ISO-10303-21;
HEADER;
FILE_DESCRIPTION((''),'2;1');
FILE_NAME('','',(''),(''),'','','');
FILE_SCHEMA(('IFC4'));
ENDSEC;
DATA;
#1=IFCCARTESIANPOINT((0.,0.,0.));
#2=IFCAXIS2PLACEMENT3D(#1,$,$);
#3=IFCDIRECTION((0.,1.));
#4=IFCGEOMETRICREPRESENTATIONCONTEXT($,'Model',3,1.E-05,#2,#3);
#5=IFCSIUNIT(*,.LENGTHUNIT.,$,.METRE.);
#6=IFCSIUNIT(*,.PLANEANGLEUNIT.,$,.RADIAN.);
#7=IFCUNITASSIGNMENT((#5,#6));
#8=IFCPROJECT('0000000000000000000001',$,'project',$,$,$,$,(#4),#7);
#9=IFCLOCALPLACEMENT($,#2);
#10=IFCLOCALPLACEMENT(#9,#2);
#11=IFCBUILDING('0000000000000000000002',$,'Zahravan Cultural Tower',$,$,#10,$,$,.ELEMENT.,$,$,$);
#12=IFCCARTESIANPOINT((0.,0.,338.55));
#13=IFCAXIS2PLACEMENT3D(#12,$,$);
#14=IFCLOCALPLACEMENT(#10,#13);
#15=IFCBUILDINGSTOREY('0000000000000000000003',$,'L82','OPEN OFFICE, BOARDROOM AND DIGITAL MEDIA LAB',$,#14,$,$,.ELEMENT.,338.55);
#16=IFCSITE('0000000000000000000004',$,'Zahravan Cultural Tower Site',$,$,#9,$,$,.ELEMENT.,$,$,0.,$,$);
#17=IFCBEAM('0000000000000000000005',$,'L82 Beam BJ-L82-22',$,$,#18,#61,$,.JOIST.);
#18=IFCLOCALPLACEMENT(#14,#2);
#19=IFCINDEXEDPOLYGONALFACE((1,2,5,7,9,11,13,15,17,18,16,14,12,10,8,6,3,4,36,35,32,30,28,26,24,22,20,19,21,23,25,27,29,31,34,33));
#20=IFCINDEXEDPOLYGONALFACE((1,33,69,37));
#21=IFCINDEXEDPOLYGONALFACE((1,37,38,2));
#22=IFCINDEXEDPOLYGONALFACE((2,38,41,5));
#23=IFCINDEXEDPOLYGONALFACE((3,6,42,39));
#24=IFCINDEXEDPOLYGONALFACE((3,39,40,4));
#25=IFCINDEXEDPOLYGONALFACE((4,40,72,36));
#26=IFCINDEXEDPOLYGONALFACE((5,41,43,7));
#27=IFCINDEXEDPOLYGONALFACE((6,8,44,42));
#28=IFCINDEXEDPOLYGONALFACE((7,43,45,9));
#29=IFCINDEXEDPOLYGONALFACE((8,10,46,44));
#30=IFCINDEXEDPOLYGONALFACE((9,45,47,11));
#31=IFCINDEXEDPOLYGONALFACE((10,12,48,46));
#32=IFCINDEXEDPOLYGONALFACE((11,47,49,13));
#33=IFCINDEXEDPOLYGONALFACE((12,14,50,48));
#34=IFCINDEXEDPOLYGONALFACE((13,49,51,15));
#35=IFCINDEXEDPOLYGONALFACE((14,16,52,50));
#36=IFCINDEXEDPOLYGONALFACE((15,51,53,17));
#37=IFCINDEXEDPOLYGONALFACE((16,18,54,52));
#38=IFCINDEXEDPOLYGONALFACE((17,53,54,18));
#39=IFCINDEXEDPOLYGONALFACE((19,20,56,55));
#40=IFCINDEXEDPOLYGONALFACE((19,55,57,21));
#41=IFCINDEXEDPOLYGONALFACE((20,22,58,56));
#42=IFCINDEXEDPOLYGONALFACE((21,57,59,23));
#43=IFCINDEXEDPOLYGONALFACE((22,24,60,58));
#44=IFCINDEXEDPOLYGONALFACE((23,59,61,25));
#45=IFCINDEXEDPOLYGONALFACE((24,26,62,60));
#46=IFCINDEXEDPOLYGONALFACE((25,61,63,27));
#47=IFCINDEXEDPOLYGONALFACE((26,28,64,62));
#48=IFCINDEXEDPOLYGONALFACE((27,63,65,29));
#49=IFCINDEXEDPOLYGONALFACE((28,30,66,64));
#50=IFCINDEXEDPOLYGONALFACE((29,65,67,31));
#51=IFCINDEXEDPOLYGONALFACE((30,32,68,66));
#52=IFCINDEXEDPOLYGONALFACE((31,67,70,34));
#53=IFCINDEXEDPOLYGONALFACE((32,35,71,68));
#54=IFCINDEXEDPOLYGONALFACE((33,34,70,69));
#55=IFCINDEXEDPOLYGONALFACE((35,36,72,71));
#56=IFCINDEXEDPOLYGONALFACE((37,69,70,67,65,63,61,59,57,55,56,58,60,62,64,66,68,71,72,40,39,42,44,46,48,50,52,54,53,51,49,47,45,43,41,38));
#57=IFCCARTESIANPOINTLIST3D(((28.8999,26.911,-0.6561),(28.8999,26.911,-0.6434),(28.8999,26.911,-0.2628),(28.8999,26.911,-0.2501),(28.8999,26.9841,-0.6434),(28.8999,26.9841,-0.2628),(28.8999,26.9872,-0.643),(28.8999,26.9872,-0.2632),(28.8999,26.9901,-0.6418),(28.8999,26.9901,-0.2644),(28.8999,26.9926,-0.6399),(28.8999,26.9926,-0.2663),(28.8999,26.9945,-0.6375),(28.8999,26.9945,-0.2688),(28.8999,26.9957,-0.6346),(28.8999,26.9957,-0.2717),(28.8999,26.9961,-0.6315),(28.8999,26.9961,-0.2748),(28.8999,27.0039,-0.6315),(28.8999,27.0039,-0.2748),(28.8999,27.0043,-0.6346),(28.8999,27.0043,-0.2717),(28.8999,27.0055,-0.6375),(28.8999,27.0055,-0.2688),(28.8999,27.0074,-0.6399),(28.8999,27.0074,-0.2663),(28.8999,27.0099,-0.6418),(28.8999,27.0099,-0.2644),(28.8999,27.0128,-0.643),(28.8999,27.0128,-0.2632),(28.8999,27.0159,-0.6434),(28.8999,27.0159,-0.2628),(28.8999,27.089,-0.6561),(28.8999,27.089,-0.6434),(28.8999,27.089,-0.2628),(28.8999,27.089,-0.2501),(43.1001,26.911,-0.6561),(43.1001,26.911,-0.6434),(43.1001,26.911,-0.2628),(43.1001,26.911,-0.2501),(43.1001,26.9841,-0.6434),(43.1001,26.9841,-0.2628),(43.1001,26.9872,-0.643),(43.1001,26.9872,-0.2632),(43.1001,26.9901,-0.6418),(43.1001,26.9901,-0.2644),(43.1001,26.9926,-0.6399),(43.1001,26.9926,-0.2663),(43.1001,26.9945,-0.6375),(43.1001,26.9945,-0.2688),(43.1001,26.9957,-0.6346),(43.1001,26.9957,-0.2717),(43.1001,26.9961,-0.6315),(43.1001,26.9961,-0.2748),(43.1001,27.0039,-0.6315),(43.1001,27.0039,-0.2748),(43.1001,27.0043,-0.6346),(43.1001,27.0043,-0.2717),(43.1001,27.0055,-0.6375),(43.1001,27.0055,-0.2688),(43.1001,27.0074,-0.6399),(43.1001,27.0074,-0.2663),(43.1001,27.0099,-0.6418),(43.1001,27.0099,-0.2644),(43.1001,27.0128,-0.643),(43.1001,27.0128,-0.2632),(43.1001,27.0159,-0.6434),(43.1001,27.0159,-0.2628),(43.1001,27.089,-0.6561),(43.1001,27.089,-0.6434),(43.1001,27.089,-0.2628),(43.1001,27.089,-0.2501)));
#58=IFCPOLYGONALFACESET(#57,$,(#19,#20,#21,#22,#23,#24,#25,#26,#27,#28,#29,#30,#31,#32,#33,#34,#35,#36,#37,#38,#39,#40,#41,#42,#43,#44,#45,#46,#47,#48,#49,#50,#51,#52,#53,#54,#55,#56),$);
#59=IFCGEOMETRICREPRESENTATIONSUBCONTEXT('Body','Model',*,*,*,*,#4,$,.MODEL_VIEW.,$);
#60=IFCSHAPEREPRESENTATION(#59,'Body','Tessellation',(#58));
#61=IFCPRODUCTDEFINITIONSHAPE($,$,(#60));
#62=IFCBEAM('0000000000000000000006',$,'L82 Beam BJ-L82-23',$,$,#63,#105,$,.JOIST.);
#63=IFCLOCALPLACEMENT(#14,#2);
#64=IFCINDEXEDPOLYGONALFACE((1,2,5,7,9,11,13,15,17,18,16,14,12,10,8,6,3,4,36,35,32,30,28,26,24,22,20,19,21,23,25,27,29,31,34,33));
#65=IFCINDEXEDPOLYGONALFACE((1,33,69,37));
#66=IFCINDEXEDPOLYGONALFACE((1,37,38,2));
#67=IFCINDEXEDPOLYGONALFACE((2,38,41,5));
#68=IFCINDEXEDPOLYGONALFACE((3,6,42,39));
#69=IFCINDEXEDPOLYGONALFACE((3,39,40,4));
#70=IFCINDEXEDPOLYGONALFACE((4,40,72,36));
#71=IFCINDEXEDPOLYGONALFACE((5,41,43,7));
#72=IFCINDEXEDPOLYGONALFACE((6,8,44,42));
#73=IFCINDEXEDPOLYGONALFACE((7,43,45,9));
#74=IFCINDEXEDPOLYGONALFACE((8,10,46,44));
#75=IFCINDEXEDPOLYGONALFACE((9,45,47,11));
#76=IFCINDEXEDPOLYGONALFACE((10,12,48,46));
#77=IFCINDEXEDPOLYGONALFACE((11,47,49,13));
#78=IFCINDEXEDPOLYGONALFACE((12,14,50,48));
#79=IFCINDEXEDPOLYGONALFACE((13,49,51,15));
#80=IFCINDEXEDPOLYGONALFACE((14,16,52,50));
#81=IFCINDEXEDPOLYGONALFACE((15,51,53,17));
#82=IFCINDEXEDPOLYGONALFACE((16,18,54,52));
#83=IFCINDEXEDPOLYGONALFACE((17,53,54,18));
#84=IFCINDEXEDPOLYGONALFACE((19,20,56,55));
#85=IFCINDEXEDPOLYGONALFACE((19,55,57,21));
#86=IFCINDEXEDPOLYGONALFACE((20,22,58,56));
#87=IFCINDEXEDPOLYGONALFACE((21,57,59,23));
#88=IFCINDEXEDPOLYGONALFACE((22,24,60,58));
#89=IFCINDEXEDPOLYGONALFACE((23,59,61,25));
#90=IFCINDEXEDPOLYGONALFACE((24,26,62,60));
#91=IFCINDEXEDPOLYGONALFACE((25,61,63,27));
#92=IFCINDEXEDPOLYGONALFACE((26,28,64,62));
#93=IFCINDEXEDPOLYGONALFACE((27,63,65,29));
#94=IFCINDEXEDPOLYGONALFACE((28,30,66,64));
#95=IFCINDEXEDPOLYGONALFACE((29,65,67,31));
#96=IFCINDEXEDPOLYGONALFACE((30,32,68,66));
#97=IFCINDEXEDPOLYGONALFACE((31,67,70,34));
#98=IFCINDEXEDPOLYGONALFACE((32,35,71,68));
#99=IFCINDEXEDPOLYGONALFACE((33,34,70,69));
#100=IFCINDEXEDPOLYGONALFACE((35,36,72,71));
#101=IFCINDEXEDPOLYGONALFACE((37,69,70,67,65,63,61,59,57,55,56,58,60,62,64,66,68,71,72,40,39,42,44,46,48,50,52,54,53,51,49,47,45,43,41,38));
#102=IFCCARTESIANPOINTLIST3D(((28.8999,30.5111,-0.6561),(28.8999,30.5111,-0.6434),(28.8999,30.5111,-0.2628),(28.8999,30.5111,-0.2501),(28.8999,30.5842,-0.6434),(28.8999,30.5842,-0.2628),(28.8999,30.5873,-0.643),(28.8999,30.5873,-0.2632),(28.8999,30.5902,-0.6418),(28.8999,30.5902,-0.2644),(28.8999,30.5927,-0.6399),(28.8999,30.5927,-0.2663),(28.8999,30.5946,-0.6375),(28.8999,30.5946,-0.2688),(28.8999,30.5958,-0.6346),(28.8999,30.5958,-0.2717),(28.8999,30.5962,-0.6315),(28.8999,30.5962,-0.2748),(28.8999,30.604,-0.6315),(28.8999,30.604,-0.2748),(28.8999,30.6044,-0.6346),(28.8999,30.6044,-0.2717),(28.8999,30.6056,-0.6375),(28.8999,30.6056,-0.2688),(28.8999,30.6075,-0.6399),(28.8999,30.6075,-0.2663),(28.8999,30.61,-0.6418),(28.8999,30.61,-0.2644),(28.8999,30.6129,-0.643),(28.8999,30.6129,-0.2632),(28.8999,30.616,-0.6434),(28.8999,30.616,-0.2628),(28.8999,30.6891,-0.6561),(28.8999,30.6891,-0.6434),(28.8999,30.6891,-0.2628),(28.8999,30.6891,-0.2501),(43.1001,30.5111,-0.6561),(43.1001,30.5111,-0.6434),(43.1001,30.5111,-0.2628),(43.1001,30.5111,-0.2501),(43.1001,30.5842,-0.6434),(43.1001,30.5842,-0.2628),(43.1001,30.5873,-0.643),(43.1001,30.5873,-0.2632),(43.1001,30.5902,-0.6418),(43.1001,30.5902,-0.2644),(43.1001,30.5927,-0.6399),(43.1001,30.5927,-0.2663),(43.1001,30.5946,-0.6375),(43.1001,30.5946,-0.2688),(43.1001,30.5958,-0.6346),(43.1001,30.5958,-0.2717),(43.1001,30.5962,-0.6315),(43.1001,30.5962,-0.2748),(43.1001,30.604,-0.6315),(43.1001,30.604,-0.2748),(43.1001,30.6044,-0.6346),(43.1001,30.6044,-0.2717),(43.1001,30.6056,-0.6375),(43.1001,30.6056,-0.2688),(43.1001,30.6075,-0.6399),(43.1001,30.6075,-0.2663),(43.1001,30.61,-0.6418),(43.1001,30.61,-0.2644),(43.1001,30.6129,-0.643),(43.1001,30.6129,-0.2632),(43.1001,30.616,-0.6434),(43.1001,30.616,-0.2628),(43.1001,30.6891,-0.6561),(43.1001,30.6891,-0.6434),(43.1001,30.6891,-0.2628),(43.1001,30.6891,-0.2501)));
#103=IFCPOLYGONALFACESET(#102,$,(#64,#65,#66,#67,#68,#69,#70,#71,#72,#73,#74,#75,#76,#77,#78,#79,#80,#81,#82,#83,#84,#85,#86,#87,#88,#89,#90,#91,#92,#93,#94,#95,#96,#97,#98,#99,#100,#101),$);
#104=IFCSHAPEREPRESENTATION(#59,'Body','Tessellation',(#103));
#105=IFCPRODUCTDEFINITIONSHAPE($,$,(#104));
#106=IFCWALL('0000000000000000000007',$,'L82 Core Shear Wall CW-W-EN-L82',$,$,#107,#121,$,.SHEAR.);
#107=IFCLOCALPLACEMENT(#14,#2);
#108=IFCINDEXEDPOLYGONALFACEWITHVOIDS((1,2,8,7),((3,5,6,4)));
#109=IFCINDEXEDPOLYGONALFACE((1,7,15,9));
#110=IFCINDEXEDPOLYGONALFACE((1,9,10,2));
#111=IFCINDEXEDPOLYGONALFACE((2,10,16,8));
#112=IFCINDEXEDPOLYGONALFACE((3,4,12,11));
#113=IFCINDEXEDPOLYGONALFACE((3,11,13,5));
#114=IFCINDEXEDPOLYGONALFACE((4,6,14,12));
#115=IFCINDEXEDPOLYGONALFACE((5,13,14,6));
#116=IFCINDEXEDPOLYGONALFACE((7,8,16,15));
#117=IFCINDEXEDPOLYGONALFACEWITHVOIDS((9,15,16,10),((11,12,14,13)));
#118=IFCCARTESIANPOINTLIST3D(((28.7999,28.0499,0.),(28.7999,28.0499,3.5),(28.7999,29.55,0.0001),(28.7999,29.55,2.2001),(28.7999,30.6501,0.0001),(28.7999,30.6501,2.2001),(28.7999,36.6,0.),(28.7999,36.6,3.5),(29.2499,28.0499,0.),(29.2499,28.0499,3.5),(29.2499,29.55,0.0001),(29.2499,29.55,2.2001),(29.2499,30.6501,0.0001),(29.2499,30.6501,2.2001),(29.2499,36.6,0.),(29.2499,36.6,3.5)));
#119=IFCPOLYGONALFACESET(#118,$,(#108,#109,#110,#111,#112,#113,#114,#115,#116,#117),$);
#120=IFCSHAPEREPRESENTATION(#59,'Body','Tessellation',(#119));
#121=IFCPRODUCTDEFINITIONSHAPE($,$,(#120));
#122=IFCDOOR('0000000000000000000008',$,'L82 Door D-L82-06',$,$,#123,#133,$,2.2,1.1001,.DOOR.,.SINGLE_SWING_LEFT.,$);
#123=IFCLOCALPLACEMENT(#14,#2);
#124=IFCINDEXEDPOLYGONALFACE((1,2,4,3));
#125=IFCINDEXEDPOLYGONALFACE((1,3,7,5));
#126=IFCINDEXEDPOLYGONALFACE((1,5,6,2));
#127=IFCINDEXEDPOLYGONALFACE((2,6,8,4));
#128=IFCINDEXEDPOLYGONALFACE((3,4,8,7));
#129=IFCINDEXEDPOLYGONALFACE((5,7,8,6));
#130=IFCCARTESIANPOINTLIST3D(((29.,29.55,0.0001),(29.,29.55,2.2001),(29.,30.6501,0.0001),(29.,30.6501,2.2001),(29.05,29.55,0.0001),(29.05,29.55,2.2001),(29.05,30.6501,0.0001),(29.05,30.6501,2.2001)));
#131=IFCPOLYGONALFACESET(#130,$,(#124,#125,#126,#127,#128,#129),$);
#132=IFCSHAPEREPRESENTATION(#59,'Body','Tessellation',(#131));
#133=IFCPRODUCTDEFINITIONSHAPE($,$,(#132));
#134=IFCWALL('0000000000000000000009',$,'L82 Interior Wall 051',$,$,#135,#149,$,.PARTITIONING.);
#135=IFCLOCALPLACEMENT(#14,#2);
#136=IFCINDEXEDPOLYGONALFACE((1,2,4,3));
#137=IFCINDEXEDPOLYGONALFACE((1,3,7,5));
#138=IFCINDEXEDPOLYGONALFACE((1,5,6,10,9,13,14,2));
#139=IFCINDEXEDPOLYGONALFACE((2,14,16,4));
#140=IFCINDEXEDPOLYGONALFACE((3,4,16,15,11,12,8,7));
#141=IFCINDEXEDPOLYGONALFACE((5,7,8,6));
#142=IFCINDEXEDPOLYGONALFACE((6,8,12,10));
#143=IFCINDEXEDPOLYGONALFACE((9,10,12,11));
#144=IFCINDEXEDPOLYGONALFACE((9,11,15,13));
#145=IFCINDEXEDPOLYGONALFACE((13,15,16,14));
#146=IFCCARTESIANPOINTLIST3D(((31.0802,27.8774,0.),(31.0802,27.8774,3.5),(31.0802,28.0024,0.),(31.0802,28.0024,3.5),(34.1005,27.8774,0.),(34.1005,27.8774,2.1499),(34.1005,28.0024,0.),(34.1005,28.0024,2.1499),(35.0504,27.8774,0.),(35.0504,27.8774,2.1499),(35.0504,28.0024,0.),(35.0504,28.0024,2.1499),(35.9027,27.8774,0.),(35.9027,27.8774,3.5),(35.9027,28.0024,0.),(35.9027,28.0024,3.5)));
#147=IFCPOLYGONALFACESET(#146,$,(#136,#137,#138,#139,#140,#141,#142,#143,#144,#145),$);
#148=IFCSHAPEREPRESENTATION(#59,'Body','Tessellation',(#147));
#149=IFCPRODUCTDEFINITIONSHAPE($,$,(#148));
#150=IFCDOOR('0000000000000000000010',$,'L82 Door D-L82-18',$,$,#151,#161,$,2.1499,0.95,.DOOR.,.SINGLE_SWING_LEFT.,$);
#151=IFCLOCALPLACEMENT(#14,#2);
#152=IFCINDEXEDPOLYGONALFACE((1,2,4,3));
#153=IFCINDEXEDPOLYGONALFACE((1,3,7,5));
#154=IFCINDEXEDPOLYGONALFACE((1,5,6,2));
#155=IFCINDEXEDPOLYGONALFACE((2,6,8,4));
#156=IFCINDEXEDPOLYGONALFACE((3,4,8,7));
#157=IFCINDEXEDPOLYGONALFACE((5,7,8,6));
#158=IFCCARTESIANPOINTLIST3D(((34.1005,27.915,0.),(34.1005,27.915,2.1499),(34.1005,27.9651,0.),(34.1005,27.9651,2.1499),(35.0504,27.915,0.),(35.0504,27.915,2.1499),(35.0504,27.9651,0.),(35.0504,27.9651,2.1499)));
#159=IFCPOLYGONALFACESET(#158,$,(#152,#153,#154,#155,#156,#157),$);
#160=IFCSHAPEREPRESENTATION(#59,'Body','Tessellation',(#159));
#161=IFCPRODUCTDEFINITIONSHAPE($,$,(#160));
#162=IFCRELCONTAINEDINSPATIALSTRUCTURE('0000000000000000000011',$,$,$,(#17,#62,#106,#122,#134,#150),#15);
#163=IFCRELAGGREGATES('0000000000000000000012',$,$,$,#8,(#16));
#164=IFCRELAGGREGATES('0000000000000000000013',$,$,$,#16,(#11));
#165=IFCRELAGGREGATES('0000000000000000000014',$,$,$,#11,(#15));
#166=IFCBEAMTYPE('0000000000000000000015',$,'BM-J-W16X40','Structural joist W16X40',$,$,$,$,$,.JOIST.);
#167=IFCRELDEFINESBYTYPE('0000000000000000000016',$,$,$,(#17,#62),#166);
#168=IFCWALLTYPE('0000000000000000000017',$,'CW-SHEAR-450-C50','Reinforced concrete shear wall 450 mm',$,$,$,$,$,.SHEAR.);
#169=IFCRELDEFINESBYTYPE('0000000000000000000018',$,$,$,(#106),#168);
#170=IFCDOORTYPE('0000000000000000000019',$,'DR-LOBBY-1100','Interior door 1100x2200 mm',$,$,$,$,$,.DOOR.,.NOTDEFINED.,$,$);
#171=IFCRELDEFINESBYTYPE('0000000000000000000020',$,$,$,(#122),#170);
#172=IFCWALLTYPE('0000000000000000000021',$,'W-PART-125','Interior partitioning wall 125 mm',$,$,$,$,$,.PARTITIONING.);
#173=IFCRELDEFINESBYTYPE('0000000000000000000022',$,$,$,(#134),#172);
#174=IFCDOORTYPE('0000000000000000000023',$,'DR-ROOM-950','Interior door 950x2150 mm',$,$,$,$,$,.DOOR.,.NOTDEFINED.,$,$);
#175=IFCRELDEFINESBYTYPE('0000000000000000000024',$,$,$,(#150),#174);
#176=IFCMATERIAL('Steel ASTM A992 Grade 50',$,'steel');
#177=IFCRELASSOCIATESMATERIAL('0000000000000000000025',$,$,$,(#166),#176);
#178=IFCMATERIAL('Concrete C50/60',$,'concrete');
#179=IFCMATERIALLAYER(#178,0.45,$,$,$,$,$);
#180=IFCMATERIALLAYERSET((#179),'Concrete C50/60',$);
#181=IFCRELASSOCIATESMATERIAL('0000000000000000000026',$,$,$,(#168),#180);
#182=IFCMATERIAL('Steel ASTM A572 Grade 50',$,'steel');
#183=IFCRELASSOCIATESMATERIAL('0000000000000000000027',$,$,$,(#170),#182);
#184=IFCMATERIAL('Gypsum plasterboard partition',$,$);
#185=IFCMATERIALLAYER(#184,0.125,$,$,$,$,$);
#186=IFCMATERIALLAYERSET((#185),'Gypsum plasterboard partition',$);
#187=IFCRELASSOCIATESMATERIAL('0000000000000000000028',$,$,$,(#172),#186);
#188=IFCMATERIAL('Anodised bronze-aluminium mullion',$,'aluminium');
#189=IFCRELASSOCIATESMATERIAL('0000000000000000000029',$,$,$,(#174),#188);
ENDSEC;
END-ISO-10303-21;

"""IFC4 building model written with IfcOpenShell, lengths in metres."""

from ifc_helpers import new_model, si_unit, direction, frame, frame_2d, origin, origin_2d, place, context, subcontext, project, spatial, rectangle, i_section, extrude, source, transform, mapped, material, layer, layer_set, material_profile, profile_set, type_object, element, fill, save


model = new_model("IFC4")

# Units and contexts
model_context = context("Model", 3, precision=1e-05, world=origin(), true_north=direction((0.0, 1.0)))
body_context = subcontext(model_context, "Body", "Model", "MODEL_VIEW")
ifc_project = project(units=[si_unit("LENGTHUNIT", "METRE"), si_unit("PLANEANGLEUNIT", "RADIAN")], contexts=[model_context])

# Site, building, storey
site_placement = place(None, origin())
site = spatial("IfcSite", under=ifc_project, at=site_placement, Name="Zahravan Cultural Tower Site", CompositionType="ELEMENT", RefElevation=0.0)
building_placement = place(site_placement, origin())
building = spatial("IfcBuilding", under=site, at=building_placement, Name="Zahravan Cultural Tower", CompositionType="ELEMENT")
storey_placement = place(building_placement, frame((0.0, 0.0, 338.55)))
storey = spatial("IfcBuildingStorey", under=building, at=storey_placement, Name="L82", Description="OPEN OFFICE, BOARDROOM AND DIGITAL MEDIA LAB", CompositionType="ELEMENT", Elevation=338.55)

# Beams
ifc_material_1 = material(Name="Steel ASTM A992 Grade 50", Category="steel")
ifc_material_profile = material_profile(ifc_material_1, i_section(OverallWidth=0.178, OverallDepth=0.406, WebThickness=0.0078, FlangeThickness=0.0127, FilletRadius=0.012, at=origin_2d()), Name="W16X40")
ifc_profile_set = profile_set([ifc_material_profile], Name="Steel ASTM A992 Grade 50")
beam_type = type_object("IfcBeamType", Name="BM-J-W16X40", Description="Structural joist W16X40", PredefinedType="JOIST", material=ifc_profile_set)
shared_shape_1 = source(origin(), body_context, "Body", "SweptSolid", [
    extrude(i_section(OverallWidth=0.178, OverallDepth=0.406, WebThickness=0.0078, FlangeThickness=0.0127, FilletRadius=0.012, at=origin_2d()), origin(), (0.0, 0.0, 1.0), 14.2002),
])
for number, where, z_axis, x_axis, name in (
    (1, (28.8999, 27.0, -0.4531), (1.0, 0.0, 0.0), (0.0, 1.0, 0.0), "L82 Beam BJ-L82-22"),
    (2, (28.8999, 30.6001, -0.4531), (1.0, 0.0, 0.0), (0.0, 1.0, 0.0), "L82 Beam BJ-L82-23"),
):
    element("IfcBeam", number, at=place(storey_placement, frame(where, z_axis=z_axis, x_axis=x_axis)), inside=storey, type_object=beam_type, Name=name, PredefinedType="JOIST", context=body_context, shape_type="MappedRepresentation", body=[
        mapped(shared_shape_1, transform((0.0, 0.0, 0.0), x_axis=(1.0, 0.0, 0.0), y_axis=(0.0, 1.0, 0.0), z_axis=(0.0, 0.0, 1.0), scale=1.0)),
    ])

# Walls, openings, doors
ifc_material_2 = material(Name="Concrete C50/60", Category="concrete")
ifc_layer_1 = layer(ifc_material_2, 0.45)
ifc_layer_set_1 = layer_set([ifc_layer_1], Name="Concrete C50/60")
wall_type_1 = type_object("IfcWallType", Name="CW-SHEAR-450-C50", Description="Reinforced concrete shear wall 450 mm", PredefinedType="SHEAR", material=ifc_layer_set_1)
wall_1_placement = place(storey_placement, frame((29.0249, 28.05, 0.0), z_axis=(0.0, 0.0, 1.0), x_axis=(0.0, 1.0, 0.0)))
wall_1 = element("IfcWall", 3, at=wall_1_placement, inside=storey, type_object=wall_type_1, Name="L82 Core Shear Wall CW-W-EN-L82", PredefinedType="SHEAR", context=body_context, shape_type="SweptSolid", body=[
    extrude(rectangle(XDim=8.55, YDim=0.45, at=frame_2d((4.2749, 0.0))), origin(), (0.0, 0.0, 1.0), 3.5),
])
opening_1_placement = place(wall_1_placement, frame((1.5, 0.0, 0.0)))
opening_1 = element("IfcOpeningElement", 4, at=opening_1_placement, cuts=wall_1, PredefinedType="OPENING", context=body_context, shape_type="SweptSolid", body=[
    extrude(rectangle(XDim=1.1001, YDim=2.2, at=frame_2d((0.55, 1.1001))), frame((0.0, 0.2349, 0.0), z_axis=(0.0, -1.0, 0.0), x_axis=(1.0, 0.0, 0.0)), (0.0, 0.0, 1.0), 0.47),
])
ifc_material_3 = material(Name="Steel ASTM A572 Grade 50", Category="steel")
door_type_1 = type_object("IfcDoorType", Name="DR-LOBBY-1100", Description="Interior door 1100x2200 mm", OperationType="NOTDEFINED", PredefinedType="DOOR", material=ifc_material_3)
shared_shape_2 = source(origin(), body_context, "Body", "SweptSolid", [
    extrude(rectangle(XDim=1.1001, YDim=2.2, at=frame_2d((0.55, 1.1001))), frame((0.0, 0.0249, 0.0), z_axis=(0.0, -1.0, 0.0), x_axis=(1.0, 0.0, 0.0)), (0.0, 0.0, 1.0), 0.05),
])
door_1_placement = place(opening_1_placement, origin())
door_1 = element("IfcDoor", 5, at=door_1_placement, inside=storey, type_object=door_type_1, Name="L82 Door D-L82-06", OperationType="SINGLE_SWING_LEFT", OverallHeight=2.2, OverallWidth=1.1001, PredefinedType="DOOR", context=body_context, shape_type="MappedRepresentation", body=[
    mapped(shared_shape_2, transform((0.0, 0.0, 0.0), x_axis=(1.0, 0.0, 0.0), y_axis=(0.0, 1.0, 0.0), z_axis=(0.0, 0.0, 1.0), scale=1.0)),
])
fill(opening_1, door_1)
ifc_material_4 = material(Name="Gypsum plasterboard partition")
ifc_layer_2 = layer(ifc_material_4, 0.125)
ifc_layer_set_2 = layer_set([ifc_layer_2], Name="Gypsum plasterboard partition")
wall_type_2 = type_object("IfcWallType", Name="W-PART-125", Description="Interior partitioning wall 125 mm", PredefinedType="PARTITIONING", material=ifc_layer_set_2)
wall_2_placement = place(storey_placement, frame((35.9026, 27.9399, 0.0), z_axis=(0.0, 0.0, 1.0), x_axis=(-1.0, 0.0, 0.0)))
wall_2 = element("IfcWall", 6, at=wall_2_placement, inside=storey, type_object=wall_type_2, Name="L82 Interior Wall 051", PredefinedType="PARTITIONING", context=body_context, shape_type="SweptSolid", body=[
    extrude(rectangle(XDim=4.8225, YDim=0.125, at=frame_2d((2.4111, 0.0))), origin(), (0.0, 0.0, 1.0), 3.5),
])
opening_2_placement = place(wall_2_placement, frame((0.8521, 0.0, 0.0)))
opening_2 = element("IfcOpeningElement", 7, at=opening_2_placement, cuts=wall_2, PredefinedType="OPENING", context=body_context, shape_type="SweptSolid", body=[
    extrude(rectangle(XDim=0.95, YDim=2.1499, at=frame_2d((0.4751, 1.075))), frame((0.0, 0.0725, 0.0), z_axis=(0.0, -1.0, 0.0), x_axis=(1.0, 0.0, 0.0)), (0.0, 0.0, 1.0), 0.145),
])
ifc_material_5 = material(Name="Anodised bronze-aluminium mullion", Category="aluminium")
door_type_2 = type_object("IfcDoorType", Name="DR-ROOM-950", Description="Interior door 950x2150 mm", OperationType="NOTDEFINED", PredefinedType="DOOR", material=ifc_material_5)
shared_shape_3 = source(origin(), body_context, "Body", "SweptSolid", [
    extrude(rectangle(XDim=0.95, YDim=2.1499, at=frame_2d((0.4751, 1.075))), frame((0.0, 0.0249, 0.0), z_axis=(0.0, -1.0, 0.0), x_axis=(1.0, 0.0, 0.0)), (0.0, 0.0, 1.0), 0.05),
])
door_2_placement = place(opening_2_placement, origin())
door_2 = element("IfcDoor", 8, at=door_2_placement, inside=storey, type_object=door_type_2, Name="L82 Door D-L82-18", OperationType="SINGLE_SWING_LEFT", OverallHeight=2.1499, OverallWidth=0.95, PredefinedType="DOOR", context=body_context, shape_type="MappedRepresentation", body=[
    mapped(shared_shape_3, transform((0.0, 0.0, 0.0), x_axis=(1.0, 0.0, 0.0), y_axis=(0.0, 1.0, 0.0), z_axis=(0.0, 0.0, 1.0), scale=1.0)),
])
fill(opening_2, door_2)

save(model, "model.ifc")
